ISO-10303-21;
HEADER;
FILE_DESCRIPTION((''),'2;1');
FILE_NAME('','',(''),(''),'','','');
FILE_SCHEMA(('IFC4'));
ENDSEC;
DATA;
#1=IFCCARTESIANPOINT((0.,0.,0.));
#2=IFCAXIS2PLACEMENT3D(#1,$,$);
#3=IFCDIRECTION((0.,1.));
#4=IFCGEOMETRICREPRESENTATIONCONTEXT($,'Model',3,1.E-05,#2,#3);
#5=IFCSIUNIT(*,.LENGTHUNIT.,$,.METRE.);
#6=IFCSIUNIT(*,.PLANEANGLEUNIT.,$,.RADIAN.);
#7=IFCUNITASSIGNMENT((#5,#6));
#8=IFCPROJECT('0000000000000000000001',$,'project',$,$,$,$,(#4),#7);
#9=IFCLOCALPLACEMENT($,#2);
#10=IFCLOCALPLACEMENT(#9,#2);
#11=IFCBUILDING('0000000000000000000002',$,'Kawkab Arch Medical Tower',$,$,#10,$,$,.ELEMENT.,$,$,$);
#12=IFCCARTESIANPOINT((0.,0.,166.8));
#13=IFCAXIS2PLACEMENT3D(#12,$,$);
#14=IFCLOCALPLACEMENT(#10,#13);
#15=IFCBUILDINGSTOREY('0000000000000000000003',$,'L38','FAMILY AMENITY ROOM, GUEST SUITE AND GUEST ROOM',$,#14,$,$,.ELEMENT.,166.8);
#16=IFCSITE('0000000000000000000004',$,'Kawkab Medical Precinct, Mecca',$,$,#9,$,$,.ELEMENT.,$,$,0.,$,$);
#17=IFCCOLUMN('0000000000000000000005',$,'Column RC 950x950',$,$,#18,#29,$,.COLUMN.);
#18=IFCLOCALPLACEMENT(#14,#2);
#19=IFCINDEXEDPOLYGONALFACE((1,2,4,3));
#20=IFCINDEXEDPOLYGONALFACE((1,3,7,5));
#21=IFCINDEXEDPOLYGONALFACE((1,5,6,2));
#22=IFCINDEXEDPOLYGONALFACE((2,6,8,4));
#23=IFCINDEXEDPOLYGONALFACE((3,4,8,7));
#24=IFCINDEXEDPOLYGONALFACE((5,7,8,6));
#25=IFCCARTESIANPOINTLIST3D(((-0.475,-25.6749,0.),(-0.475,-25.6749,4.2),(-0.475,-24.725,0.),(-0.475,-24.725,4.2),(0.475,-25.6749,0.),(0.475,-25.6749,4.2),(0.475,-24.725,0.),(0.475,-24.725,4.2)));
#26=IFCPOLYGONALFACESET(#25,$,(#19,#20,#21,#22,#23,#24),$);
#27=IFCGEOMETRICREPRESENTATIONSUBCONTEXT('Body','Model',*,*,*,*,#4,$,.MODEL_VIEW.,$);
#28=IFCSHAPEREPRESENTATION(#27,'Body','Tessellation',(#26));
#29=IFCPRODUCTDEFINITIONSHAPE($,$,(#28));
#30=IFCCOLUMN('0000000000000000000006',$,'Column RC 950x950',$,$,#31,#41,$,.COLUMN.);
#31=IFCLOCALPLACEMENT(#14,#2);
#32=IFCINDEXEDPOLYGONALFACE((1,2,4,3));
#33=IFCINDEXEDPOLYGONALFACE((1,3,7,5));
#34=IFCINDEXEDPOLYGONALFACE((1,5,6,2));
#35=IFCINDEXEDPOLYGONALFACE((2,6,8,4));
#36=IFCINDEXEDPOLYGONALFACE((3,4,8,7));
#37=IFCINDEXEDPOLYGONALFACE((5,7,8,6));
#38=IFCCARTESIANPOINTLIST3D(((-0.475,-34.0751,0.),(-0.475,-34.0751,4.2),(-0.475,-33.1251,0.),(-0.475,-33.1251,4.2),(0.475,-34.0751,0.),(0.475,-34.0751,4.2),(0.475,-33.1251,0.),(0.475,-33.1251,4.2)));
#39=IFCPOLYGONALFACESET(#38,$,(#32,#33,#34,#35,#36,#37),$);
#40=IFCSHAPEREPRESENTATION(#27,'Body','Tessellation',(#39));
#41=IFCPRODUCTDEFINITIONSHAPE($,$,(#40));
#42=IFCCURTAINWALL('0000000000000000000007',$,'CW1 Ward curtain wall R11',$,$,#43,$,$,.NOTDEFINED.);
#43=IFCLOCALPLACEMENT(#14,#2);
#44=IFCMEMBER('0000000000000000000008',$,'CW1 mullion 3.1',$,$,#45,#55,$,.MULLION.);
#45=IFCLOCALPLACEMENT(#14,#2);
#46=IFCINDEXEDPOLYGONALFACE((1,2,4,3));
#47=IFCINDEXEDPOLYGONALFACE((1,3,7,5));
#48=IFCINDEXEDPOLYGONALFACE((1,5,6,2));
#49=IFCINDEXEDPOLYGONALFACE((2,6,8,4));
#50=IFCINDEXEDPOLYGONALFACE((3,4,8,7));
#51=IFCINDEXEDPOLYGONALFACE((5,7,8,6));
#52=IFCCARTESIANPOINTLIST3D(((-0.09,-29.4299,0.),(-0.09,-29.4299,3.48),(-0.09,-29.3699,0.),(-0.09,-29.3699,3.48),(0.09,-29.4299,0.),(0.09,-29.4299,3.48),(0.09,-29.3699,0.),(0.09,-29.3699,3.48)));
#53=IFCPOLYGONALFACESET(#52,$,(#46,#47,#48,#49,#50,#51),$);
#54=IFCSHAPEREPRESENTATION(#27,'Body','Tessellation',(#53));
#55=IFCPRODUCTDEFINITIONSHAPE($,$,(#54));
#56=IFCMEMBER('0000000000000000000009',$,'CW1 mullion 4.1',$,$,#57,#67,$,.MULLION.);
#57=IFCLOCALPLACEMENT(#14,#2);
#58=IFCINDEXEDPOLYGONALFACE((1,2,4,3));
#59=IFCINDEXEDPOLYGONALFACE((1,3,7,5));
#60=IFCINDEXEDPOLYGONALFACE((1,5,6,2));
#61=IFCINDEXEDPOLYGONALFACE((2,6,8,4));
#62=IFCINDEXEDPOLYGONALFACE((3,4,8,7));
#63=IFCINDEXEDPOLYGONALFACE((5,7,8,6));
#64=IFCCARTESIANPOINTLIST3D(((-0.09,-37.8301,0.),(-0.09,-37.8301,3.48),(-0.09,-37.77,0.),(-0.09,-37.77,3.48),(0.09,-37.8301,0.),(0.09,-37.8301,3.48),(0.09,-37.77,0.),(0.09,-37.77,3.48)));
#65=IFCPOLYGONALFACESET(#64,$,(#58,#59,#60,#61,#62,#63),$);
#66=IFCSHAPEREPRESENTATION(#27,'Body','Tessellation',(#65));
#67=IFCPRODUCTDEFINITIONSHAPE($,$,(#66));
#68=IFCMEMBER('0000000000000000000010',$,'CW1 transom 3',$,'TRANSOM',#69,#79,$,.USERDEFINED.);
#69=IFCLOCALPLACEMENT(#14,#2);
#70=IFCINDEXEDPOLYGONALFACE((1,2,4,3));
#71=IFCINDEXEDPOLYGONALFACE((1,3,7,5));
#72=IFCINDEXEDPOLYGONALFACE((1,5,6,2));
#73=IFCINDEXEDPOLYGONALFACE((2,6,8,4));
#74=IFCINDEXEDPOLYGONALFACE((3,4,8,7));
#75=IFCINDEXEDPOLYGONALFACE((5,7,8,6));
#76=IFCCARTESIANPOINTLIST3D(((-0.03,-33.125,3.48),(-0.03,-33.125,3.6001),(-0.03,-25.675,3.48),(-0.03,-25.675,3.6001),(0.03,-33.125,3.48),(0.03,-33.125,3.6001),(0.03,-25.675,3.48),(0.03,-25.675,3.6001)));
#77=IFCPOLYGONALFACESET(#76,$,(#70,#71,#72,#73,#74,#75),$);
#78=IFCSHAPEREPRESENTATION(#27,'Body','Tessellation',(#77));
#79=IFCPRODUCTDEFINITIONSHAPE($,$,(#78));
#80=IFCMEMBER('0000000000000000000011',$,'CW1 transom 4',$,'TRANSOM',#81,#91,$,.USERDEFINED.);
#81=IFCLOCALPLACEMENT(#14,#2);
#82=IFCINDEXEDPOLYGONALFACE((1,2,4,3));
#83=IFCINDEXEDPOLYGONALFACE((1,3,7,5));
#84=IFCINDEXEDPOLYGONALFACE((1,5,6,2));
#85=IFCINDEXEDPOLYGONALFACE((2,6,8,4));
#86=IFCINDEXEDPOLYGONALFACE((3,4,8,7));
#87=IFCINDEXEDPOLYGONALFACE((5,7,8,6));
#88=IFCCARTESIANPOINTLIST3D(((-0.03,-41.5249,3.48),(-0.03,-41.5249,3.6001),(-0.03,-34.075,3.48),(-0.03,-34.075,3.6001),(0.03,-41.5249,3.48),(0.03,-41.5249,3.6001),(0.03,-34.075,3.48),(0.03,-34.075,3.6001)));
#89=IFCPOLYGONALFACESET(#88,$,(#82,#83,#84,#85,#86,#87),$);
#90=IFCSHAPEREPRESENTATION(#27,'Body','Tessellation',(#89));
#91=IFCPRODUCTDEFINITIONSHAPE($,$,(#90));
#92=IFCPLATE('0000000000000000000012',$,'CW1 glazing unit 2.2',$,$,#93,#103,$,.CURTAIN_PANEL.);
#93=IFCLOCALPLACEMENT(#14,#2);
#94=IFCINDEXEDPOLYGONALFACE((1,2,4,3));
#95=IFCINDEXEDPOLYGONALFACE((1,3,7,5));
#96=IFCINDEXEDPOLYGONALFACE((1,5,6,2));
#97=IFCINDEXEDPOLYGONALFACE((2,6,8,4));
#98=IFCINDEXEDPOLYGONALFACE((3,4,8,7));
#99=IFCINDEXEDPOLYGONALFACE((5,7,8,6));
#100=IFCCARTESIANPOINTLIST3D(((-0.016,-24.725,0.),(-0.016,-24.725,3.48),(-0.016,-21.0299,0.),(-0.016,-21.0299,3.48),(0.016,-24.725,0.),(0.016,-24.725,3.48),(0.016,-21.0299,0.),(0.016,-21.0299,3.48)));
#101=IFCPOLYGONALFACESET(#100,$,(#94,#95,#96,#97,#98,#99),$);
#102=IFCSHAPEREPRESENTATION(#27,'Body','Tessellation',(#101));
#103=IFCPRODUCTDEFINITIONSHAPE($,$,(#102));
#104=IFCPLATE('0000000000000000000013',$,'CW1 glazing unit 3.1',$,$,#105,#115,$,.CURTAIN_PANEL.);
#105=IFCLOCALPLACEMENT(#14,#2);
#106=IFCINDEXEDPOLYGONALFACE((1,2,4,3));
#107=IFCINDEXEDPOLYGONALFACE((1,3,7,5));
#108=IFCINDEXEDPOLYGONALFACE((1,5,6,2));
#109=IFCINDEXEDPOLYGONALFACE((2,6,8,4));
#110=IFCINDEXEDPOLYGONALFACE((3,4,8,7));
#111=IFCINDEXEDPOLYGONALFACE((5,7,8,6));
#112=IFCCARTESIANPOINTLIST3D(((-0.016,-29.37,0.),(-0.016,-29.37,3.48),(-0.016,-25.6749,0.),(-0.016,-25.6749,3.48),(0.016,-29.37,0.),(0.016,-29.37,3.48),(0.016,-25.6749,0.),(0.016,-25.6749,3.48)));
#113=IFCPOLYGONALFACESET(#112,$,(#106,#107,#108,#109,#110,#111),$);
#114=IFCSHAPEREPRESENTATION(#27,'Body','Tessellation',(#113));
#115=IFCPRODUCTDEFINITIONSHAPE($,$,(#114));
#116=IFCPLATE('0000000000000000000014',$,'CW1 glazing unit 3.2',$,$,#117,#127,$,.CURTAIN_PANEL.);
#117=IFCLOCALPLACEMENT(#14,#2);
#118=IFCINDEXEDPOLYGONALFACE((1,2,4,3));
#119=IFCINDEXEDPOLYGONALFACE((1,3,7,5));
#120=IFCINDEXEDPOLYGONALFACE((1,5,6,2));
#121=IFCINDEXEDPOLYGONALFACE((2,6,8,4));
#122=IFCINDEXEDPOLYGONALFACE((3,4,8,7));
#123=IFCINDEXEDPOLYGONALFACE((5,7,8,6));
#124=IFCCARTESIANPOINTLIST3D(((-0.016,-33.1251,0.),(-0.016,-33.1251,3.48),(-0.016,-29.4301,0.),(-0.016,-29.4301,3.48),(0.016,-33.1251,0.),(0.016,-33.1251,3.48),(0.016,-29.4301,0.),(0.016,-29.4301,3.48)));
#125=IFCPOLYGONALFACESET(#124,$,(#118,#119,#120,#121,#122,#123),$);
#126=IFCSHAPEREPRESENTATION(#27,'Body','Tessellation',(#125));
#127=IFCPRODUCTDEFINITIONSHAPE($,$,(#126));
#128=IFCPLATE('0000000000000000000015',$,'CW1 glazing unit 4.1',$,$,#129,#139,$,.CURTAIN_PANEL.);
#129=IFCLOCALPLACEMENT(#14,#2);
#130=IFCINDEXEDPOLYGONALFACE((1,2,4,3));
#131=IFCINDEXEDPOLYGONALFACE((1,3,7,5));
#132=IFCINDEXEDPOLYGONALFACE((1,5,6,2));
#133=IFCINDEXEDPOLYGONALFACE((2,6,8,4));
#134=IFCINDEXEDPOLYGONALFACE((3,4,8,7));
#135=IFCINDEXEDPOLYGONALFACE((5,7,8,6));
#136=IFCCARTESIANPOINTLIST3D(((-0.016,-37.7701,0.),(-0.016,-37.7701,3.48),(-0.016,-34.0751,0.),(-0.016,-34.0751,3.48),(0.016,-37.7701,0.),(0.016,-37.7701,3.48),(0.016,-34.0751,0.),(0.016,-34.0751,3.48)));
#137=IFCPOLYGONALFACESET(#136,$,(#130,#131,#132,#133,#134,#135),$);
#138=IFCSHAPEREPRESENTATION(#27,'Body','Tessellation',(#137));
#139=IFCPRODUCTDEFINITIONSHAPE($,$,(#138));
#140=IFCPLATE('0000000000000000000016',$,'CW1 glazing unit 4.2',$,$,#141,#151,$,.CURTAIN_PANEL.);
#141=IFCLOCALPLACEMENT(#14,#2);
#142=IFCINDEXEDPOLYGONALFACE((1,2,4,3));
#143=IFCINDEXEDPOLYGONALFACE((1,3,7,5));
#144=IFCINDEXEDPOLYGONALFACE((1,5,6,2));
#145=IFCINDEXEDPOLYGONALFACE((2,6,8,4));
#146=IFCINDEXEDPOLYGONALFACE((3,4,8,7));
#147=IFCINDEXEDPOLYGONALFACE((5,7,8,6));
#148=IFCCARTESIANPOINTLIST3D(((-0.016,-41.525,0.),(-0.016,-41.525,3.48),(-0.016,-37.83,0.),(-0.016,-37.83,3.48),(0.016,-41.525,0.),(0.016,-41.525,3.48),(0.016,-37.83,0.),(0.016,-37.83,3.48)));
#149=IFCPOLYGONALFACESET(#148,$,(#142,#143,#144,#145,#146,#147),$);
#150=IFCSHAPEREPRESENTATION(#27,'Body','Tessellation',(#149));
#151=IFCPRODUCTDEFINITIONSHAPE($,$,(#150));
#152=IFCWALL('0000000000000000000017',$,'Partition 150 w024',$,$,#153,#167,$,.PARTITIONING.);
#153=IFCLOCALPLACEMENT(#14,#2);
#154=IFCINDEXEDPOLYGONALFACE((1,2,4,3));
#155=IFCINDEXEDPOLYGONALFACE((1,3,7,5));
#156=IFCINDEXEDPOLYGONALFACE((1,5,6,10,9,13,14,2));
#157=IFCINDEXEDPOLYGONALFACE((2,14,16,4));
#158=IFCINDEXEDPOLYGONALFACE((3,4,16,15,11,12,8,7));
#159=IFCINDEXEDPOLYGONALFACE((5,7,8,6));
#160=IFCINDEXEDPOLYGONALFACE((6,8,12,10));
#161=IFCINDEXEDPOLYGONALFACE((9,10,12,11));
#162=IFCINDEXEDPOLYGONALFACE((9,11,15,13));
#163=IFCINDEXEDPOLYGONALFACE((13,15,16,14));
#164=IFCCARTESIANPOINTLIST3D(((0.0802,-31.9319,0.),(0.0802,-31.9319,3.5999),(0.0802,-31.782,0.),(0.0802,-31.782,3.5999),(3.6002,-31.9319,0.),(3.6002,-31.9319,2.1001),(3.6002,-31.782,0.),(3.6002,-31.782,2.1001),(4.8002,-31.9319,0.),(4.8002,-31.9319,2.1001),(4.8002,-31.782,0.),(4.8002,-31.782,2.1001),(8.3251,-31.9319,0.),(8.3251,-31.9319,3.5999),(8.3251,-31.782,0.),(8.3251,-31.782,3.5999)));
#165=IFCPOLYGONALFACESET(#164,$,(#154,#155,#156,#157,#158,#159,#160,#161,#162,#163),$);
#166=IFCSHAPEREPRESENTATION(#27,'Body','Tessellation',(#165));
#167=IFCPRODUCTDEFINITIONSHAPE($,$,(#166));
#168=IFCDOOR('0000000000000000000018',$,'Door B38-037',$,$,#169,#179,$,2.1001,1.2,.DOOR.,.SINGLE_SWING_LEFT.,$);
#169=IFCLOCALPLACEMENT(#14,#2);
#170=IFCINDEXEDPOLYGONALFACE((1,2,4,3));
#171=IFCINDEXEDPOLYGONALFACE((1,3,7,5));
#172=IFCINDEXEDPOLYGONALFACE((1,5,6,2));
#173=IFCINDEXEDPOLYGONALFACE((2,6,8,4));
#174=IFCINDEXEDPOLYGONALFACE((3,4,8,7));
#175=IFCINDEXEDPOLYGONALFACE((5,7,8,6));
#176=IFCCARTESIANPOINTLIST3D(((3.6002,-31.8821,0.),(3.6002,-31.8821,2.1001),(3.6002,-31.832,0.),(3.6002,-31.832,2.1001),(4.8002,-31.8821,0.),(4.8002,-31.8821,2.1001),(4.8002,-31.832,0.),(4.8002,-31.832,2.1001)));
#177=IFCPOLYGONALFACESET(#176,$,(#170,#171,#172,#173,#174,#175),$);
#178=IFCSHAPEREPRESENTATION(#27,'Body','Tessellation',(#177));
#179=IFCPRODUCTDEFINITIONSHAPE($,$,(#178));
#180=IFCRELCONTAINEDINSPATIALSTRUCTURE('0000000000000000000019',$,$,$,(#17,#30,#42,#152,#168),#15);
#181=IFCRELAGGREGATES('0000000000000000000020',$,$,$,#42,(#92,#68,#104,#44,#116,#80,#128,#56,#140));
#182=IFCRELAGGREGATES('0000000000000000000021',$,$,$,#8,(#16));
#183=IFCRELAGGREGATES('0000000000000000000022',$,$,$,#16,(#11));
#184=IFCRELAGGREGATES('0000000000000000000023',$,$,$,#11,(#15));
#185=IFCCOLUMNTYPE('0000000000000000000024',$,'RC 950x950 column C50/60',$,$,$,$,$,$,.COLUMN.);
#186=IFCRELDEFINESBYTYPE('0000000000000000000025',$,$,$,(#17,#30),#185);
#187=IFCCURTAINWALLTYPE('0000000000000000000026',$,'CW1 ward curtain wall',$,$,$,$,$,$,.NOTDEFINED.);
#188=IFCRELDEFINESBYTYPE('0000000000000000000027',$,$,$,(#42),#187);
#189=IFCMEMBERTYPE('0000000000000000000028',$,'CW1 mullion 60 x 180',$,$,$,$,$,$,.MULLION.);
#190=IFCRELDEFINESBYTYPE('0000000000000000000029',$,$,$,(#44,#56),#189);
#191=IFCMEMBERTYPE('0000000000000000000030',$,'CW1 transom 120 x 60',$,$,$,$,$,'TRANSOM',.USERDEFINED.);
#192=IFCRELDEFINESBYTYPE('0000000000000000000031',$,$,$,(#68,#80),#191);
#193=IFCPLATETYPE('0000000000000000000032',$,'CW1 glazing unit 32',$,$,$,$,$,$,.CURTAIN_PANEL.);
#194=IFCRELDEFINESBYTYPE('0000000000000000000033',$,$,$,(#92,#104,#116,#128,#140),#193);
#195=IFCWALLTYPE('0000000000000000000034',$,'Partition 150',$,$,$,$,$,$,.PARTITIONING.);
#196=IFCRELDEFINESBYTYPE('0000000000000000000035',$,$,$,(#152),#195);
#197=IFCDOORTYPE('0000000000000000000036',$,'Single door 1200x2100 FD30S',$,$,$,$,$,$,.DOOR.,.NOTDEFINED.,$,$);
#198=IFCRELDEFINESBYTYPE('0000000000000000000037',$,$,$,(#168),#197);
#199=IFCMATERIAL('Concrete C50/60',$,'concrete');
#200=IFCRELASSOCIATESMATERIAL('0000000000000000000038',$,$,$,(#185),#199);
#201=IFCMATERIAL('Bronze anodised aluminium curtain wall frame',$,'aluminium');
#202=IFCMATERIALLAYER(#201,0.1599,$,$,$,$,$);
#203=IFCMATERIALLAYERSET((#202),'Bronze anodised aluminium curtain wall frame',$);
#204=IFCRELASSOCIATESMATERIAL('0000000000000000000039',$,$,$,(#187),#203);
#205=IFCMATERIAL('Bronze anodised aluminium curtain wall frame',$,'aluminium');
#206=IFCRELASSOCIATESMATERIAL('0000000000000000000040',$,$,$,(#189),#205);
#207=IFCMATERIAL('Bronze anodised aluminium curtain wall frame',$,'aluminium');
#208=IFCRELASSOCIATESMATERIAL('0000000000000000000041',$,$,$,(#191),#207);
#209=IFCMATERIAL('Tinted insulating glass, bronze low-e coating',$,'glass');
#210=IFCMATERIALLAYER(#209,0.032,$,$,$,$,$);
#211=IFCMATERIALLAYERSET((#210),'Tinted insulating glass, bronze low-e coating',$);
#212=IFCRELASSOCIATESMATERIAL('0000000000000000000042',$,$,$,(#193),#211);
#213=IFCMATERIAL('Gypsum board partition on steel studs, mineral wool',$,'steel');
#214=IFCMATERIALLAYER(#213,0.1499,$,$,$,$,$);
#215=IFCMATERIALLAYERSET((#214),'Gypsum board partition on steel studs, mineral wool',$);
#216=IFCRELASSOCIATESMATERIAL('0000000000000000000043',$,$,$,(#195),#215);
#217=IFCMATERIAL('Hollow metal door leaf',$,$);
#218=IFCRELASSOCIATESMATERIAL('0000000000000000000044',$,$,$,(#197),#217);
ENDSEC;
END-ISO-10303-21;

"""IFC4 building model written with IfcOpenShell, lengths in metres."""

from ifc_helpers import new_model, si_unit, direction, frame, frame_2d, origin, origin_2d, place, context, subcontext, project, spatial, rectangle, extrude, material, layer, layer_set, material_profile, profile_set, type_object, element, fill, aggregate, save


model = new_model("IFC4")

# Units and contexts
model_context = context("Model", 3, precision=1e-05, world=origin(), true_north=direction((0.0, 1.0)))
body_context = subcontext(model_context, "Body", "Model", "MODEL_VIEW")
ifc_project = project(units=[si_unit("LENGTHUNIT", "METRE"), si_unit("PLANEANGLEUNIT", "RADIAN")], contexts=[model_context])

# Site, building, storey
site_placement = place(None, origin())
site = spatial("IfcSite", under=ifc_project, at=site_placement, Name="Kawkab Medical Precinct, Mecca", CompositionType="ELEMENT", RefElevation=0.0)
building_placement = place(site_placement, origin())
building = spatial("IfcBuilding", under=site, at=building_placement, Name="Kawkab Arch Medical Tower", CompositionType="ELEMENT")
storey_placement = place(building_placement, frame((0.0, 0.0, 166.8)))
storey = spatial("IfcBuildingStorey", under=building, at=storey_placement, Name="L38", Description="FAMILY AMENITY ROOM, GUEST SUITE AND GUEST ROOM", CompositionType="ELEMENT", Elevation=166.8)

# Columns
ifc_material_1 = material(Name="Concrete C50/60", Category="concrete")
ifc_material_profile_1 = material_profile(ifc_material_1, rectangle(XDim=0.95, YDim=0.95, at=origin_2d()), Name="RC 950x950")
ifc_profile_set_1 = profile_set([ifc_material_profile_1], Name="Concrete C50/60")
column_type = type_object("IfcColumnType", Name="RC 950x950 column C50/60", PredefinedType="COLUMN", material=ifc_profile_set_1)
for number, where, z_axis, x_axis, name in (
    (1, (0.0, -25.2, 0.0), (0.0, 0.0, 1.0), (1.0, 0.0, 0.0), "Column RC 950x950"),
    (2, (0.0, -33.6001, 0.0), (0.0, 0.0, 1.0), (1.0, 0.0, 0.0), "Column RC 950x950"),
):
    element("IfcColumn", number, at=place(storey_placement, frame(where, z_axis=z_axis, x_axis=x_axis)), inside=storey, type_object=column_type, Name=name, PredefinedType="COLUMN", context=body_context, shape_type="SweptSolid", body=[
        extrude(rectangle(XDim=0.95, YDim=0.95, at=origin_2d()), origin(), (0.0, 0.0, 1.0), 4.2),
    ])

# Curtain wall, members, plates
ifc_material_2 = material(Name="Bronze anodised aluminium curtain wall frame", Category="aluminium")
ifc_layer_1 = layer(ifc_material_2, 0.1599)
ifc_layer_set_1 = layer_set([ifc_layer_1], Name="Bronze anodised aluminium curtain wall frame")
curtain_wall_type = type_object("IfcCurtainWallType", Name="CW1 ward curtain wall", PredefinedType="NOTDEFINED", material=ifc_layer_set_1)
curtain_wall_placement = place(storey_placement, origin())
curtain_wall = element("IfcCurtainWall", 3, at=curtain_wall_placement, inside=storey, type_object=curtain_wall_type, Name="CW1 Ward curtain wall R11", PredefinedType="NOTDEFINED")
ifc_material_3 = material(Name="Bronze anodised aluminium curtain wall frame", Category="aluminium")
ifc_material_profile_2 = material_profile(ifc_material_3, rectangle(XDim=0.1799, YDim=0.0601, at=origin_2d()), Name="AL 60x180")
ifc_profile_set_2 = profile_set([ifc_material_profile_2], Name="Bronze anodised aluminium curtain wall frame")
member_type_1 = type_object("IfcMemberType", Name="CW1 mullion 60 x 180", PredefinedType="MULLION", material=ifc_profile_set_2)
member_1_placement = place(storey_placement, frame((0.0, -29.3999, 0.0), z_axis=(0.0, 0.0, 1.0), x_axis=(1.0, 0.0, 0.0)))
member_1 = element("IfcMember", 4, at=member_1_placement, type_object=member_type_1, Name="CW1 mullion 3.1", PredefinedType="MULLION", context=body_context, shape_type="SweptSolid", body=[
    extrude(rectangle(XDim=0.1799, YDim=0.0601, at=origin_2d()), origin(), (0.0, 0.0, 1.0), 3.48),
])
member_2_placement = place(storey_placement, frame((0.0, -37.8, 0.0), z_axis=(0.0, 0.0, 1.0), x_axis=(1.0, 0.0, 0.0)))
member_2 = element("IfcMember", 5, at=member_2_placement, type_object=member_type_1, Name="CW1 mullion 4.1", PredefinedType="MULLION", context=body_context, shape_type="SweptSolid", body=[
    extrude(rectangle(XDim=0.1799, YDim=0.0601, at=origin_2d()), origin(), (0.0, 0.0, 1.0), 3.48),
])
ifc_material_4 = material(Name="Bronze anodised aluminium curtain wall frame", Category="aluminium")
ifc_material_profile_3 = material_profile(ifc_material_4, rectangle(XDim=0.0601, YDim=0.1201, at=origin_2d()), Name="AL 60x120")
ifc_profile_set_3 = profile_set([ifc_material_profile_3], Name="Bronze anodised aluminium curtain wall frame")
member_type_2 = type_object("IfcMemberType", Name="CW1 transom 120 x 60", ElementType="TRANSOM", PredefinedType="USERDEFINED", material=ifc_profile_set_3)
member_3_placement = place(storey_placement, frame((0.0, -25.675, 3.54), z_axis=(0.0, -1.0, 0.0), x_axis=(1.0, 0.0, 0.0)))
member_3 = element("IfcMember", 6, at=member_3_placement, type_object=member_type_2, Name="CW1 transom 3", ObjectType="TRANSOM", PredefinedType="USERDEFINED", context=body_context, shape_type="SweptSolid", body=[
    extrude(rectangle(XDim=0.0601, YDim=0.1201, at=origin_2d()), origin(), (0.0, 0.0, 1.0), 7.45),
])
member_4_placement = place(storey_placement, frame((0.0, -34.075, 3.54), z_axis=(0.0, -1.0, 0.0), x_axis=(1.0, 0.0, 0.0)))
member_4 = element("IfcMember", 7, at=member_4_placement, type_object=member_type_2, Name="CW1 transom 4", ObjectType="TRANSOM", PredefinedType="USERDEFINED", context=body_context, shape_type="SweptSolid", body=[
    extrude(rectangle(XDim=0.0601, YDim=0.1201, at=origin_2d()), origin(), (0.0, 0.0, 1.0), 7.45),
])
ifc_material_5 = material(Name="Tinted insulating glass, bronze low-e coating", Category="glass")
ifc_layer_2 = layer(ifc_material_5, 0.032)
ifc_layer_set_2 = layer_set([ifc_layer_2], Name="Tinted insulating glass, bronze low-e coating")
plate_type = type_object("IfcPlateType", Name="CW1 glazing unit 32", PredefinedType="CURTAIN_PANEL", material=ifc_layer_set_2)
plate_1_placement = place(storey_placement, frame((0.0, -22.8774, 0.0), z_axis=(0.0, 0.0, 1.0), x_axis=(0.0, -1.0, 0.0)))
plate_1 = element("IfcPlate", 8, at=plate_1_placement, type_object=plate_type, Name="CW1 glazing unit 2.2", PredefinedType="CURTAIN_PANEL", context=body_context, shape_type="SweptSolid", body=[
    extrude(rectangle(XDim=3.6951, YDim=0.032, at=origin_2d()), origin(), (0.0, 0.0, 1.0), 3.48),
])
plate_2_placement = place(storey_placement, frame((0.0, -27.5225, 0.0), z_axis=(0.0, 0.0, 1.0), x_axis=(0.0, -1.0, 0.0)))
plate_2 = element("IfcPlate", 9, at=plate_2_placement, type_object=plate_type, Name="CW1 glazing unit 3.1", PredefinedType="CURTAIN_PANEL", context=body_context, shape_type="SweptSolid", body=[
    extrude(rectangle(XDim=3.6951, YDim=0.032, at=origin_2d()), origin(), (0.0, 0.0, 1.0), 3.48),
])
plate_3_placement = place(storey_placement, frame((0.0, -31.2776, 0.0), z_axis=(0.0, 0.0, 1.0), x_axis=(0.0, -1.0, 0.0)))
plate_3 = element("IfcPlate", 10, at=plate_3_placement, type_object=plate_type, Name="CW1 glazing unit 3.2", PredefinedType="CURTAIN_PANEL", context=body_context, shape_type="SweptSolid", body=[
    extrude(rectangle(XDim=3.6951, YDim=0.032, at=origin_2d()), origin(), (0.0, 0.0, 1.0), 3.48),
])
plate_4_placement = place(storey_placement, frame((0.0, -35.9226, 0.0), z_axis=(0.0, 0.0, 1.0), x_axis=(0.0, -1.0, 0.0)))
plate_4 = element("IfcPlate", 11, at=plate_4_placement, type_object=plate_type, Name="CW1 glazing unit 4.1", PredefinedType="CURTAIN_PANEL", context=body_context, shape_type="SweptSolid", body=[
    extrude(rectangle(XDim=3.6951, YDim=0.032, at=origin_2d()), origin(), (0.0, 0.0, 1.0), 3.48),
])
plate_5_placement = place(storey_placement, frame((0.0, -39.6775, 0.0), z_axis=(0.0, 0.0, 1.0), x_axis=(0.0, -1.0, 0.0)))
plate_5 = element("IfcPlate", 12, at=plate_5_placement, type_object=plate_type, Name="CW1 glazing unit 4.2", PredefinedType="CURTAIN_PANEL", context=body_context, shape_type="SweptSolid", body=[
    extrude(rectangle(XDim=3.6951, YDim=0.032, at=origin_2d()), origin(), (0.0, 0.0, 1.0), 3.48),
])
aggregate(curtain_wall, [plate_1, member_3, plate_2, member_1, plate_3, member_4, plate_4, member_2, plate_5])

# Wall, opening, door
ifc_material_6 = material(Name="Gypsum board partition on steel studs, mineral wool", Category="steel")
ifc_layer_3 = layer(ifc_material_6, 0.1499)
ifc_layer_set_3 = layer_set([ifc_layer_3], Name="Gypsum board partition on steel studs, mineral wool")
wall_type_1 = type_object("IfcWallType", Name="Partition 150", PredefinedType="PARTITIONING", material=ifc_layer_set_3)
wall_1_placement = place(storey_placement, frame((0.0801, -31.8569, 0.0), z_axis=(0.0, 0.0, 1.0), x_axis=(1.0, 0.0, 0.0)))
wall_1 = element("IfcWall", 13, at=wall_1_placement, inside=storey, type_object=wall_type_1, Name="Partition 150 w024", PredefinedType="PARTITIONING", context=body_context, shape_type="SweptSolid", body=[
    extrude(rectangle(XDim=8.2449, YDim=0.1499, at=frame_2d((4.1226, 0.0))), origin(), (0.0, 0.0, 1.0), 3.5999),
])
opening_1_placement = place(wall_1_placement, frame((3.52, 0.0, 0.0)))
opening_1 = element("IfcOpeningElement", 14, at=opening_1_placement, cuts=wall_1, PredefinedType="OPENING", context=body_context, shape_type="SweptSolid", body=[
    extrude(rectangle(XDim=1.2, YDim=2.1001, at=frame_2d((0.6001, 1.05))), frame((0.0, 0.085, 0.0), z_axis=(0.0, -1.0, 0.0), x_axis=(1.0, 0.0, 0.0)), (0.0, 0.0, 1.0), 0.1699),
])
ifc_material_7 = material(Name="Hollow metal door leaf")
door_type_1 = type_object("IfcDoorType", Name="Single door 1200x2100 FD30S", OperationType="NOTDEFINED", PredefinedType="DOOR", material=ifc_material_7)
door_1_placement = place(opening_1_placement, origin())
door_1 = element("IfcDoor", 15, at=door_1_placement, inside=storey, type_object=door_type_1, Name="Door B38-037", OperationType="SINGLE_SWING_LEFT", OverallHeight=2.1001, OverallWidth=1.2, PredefinedType="DOOR", context=body_context, shape_type="SweptSolid", body=[
    extrude(rectangle(XDim=1.2, YDim=2.1001, at=frame_2d((0.6001, 1.05))), frame((0.0, 0.0249, 0.0), z_axis=(0.0, -1.0, 0.0), x_axis=(1.0, 0.0, 0.0)), (0.0, 0.0, 1.0), 0.05),
])
fill(opening_1, door_1)

save(model, "model.ifc")
